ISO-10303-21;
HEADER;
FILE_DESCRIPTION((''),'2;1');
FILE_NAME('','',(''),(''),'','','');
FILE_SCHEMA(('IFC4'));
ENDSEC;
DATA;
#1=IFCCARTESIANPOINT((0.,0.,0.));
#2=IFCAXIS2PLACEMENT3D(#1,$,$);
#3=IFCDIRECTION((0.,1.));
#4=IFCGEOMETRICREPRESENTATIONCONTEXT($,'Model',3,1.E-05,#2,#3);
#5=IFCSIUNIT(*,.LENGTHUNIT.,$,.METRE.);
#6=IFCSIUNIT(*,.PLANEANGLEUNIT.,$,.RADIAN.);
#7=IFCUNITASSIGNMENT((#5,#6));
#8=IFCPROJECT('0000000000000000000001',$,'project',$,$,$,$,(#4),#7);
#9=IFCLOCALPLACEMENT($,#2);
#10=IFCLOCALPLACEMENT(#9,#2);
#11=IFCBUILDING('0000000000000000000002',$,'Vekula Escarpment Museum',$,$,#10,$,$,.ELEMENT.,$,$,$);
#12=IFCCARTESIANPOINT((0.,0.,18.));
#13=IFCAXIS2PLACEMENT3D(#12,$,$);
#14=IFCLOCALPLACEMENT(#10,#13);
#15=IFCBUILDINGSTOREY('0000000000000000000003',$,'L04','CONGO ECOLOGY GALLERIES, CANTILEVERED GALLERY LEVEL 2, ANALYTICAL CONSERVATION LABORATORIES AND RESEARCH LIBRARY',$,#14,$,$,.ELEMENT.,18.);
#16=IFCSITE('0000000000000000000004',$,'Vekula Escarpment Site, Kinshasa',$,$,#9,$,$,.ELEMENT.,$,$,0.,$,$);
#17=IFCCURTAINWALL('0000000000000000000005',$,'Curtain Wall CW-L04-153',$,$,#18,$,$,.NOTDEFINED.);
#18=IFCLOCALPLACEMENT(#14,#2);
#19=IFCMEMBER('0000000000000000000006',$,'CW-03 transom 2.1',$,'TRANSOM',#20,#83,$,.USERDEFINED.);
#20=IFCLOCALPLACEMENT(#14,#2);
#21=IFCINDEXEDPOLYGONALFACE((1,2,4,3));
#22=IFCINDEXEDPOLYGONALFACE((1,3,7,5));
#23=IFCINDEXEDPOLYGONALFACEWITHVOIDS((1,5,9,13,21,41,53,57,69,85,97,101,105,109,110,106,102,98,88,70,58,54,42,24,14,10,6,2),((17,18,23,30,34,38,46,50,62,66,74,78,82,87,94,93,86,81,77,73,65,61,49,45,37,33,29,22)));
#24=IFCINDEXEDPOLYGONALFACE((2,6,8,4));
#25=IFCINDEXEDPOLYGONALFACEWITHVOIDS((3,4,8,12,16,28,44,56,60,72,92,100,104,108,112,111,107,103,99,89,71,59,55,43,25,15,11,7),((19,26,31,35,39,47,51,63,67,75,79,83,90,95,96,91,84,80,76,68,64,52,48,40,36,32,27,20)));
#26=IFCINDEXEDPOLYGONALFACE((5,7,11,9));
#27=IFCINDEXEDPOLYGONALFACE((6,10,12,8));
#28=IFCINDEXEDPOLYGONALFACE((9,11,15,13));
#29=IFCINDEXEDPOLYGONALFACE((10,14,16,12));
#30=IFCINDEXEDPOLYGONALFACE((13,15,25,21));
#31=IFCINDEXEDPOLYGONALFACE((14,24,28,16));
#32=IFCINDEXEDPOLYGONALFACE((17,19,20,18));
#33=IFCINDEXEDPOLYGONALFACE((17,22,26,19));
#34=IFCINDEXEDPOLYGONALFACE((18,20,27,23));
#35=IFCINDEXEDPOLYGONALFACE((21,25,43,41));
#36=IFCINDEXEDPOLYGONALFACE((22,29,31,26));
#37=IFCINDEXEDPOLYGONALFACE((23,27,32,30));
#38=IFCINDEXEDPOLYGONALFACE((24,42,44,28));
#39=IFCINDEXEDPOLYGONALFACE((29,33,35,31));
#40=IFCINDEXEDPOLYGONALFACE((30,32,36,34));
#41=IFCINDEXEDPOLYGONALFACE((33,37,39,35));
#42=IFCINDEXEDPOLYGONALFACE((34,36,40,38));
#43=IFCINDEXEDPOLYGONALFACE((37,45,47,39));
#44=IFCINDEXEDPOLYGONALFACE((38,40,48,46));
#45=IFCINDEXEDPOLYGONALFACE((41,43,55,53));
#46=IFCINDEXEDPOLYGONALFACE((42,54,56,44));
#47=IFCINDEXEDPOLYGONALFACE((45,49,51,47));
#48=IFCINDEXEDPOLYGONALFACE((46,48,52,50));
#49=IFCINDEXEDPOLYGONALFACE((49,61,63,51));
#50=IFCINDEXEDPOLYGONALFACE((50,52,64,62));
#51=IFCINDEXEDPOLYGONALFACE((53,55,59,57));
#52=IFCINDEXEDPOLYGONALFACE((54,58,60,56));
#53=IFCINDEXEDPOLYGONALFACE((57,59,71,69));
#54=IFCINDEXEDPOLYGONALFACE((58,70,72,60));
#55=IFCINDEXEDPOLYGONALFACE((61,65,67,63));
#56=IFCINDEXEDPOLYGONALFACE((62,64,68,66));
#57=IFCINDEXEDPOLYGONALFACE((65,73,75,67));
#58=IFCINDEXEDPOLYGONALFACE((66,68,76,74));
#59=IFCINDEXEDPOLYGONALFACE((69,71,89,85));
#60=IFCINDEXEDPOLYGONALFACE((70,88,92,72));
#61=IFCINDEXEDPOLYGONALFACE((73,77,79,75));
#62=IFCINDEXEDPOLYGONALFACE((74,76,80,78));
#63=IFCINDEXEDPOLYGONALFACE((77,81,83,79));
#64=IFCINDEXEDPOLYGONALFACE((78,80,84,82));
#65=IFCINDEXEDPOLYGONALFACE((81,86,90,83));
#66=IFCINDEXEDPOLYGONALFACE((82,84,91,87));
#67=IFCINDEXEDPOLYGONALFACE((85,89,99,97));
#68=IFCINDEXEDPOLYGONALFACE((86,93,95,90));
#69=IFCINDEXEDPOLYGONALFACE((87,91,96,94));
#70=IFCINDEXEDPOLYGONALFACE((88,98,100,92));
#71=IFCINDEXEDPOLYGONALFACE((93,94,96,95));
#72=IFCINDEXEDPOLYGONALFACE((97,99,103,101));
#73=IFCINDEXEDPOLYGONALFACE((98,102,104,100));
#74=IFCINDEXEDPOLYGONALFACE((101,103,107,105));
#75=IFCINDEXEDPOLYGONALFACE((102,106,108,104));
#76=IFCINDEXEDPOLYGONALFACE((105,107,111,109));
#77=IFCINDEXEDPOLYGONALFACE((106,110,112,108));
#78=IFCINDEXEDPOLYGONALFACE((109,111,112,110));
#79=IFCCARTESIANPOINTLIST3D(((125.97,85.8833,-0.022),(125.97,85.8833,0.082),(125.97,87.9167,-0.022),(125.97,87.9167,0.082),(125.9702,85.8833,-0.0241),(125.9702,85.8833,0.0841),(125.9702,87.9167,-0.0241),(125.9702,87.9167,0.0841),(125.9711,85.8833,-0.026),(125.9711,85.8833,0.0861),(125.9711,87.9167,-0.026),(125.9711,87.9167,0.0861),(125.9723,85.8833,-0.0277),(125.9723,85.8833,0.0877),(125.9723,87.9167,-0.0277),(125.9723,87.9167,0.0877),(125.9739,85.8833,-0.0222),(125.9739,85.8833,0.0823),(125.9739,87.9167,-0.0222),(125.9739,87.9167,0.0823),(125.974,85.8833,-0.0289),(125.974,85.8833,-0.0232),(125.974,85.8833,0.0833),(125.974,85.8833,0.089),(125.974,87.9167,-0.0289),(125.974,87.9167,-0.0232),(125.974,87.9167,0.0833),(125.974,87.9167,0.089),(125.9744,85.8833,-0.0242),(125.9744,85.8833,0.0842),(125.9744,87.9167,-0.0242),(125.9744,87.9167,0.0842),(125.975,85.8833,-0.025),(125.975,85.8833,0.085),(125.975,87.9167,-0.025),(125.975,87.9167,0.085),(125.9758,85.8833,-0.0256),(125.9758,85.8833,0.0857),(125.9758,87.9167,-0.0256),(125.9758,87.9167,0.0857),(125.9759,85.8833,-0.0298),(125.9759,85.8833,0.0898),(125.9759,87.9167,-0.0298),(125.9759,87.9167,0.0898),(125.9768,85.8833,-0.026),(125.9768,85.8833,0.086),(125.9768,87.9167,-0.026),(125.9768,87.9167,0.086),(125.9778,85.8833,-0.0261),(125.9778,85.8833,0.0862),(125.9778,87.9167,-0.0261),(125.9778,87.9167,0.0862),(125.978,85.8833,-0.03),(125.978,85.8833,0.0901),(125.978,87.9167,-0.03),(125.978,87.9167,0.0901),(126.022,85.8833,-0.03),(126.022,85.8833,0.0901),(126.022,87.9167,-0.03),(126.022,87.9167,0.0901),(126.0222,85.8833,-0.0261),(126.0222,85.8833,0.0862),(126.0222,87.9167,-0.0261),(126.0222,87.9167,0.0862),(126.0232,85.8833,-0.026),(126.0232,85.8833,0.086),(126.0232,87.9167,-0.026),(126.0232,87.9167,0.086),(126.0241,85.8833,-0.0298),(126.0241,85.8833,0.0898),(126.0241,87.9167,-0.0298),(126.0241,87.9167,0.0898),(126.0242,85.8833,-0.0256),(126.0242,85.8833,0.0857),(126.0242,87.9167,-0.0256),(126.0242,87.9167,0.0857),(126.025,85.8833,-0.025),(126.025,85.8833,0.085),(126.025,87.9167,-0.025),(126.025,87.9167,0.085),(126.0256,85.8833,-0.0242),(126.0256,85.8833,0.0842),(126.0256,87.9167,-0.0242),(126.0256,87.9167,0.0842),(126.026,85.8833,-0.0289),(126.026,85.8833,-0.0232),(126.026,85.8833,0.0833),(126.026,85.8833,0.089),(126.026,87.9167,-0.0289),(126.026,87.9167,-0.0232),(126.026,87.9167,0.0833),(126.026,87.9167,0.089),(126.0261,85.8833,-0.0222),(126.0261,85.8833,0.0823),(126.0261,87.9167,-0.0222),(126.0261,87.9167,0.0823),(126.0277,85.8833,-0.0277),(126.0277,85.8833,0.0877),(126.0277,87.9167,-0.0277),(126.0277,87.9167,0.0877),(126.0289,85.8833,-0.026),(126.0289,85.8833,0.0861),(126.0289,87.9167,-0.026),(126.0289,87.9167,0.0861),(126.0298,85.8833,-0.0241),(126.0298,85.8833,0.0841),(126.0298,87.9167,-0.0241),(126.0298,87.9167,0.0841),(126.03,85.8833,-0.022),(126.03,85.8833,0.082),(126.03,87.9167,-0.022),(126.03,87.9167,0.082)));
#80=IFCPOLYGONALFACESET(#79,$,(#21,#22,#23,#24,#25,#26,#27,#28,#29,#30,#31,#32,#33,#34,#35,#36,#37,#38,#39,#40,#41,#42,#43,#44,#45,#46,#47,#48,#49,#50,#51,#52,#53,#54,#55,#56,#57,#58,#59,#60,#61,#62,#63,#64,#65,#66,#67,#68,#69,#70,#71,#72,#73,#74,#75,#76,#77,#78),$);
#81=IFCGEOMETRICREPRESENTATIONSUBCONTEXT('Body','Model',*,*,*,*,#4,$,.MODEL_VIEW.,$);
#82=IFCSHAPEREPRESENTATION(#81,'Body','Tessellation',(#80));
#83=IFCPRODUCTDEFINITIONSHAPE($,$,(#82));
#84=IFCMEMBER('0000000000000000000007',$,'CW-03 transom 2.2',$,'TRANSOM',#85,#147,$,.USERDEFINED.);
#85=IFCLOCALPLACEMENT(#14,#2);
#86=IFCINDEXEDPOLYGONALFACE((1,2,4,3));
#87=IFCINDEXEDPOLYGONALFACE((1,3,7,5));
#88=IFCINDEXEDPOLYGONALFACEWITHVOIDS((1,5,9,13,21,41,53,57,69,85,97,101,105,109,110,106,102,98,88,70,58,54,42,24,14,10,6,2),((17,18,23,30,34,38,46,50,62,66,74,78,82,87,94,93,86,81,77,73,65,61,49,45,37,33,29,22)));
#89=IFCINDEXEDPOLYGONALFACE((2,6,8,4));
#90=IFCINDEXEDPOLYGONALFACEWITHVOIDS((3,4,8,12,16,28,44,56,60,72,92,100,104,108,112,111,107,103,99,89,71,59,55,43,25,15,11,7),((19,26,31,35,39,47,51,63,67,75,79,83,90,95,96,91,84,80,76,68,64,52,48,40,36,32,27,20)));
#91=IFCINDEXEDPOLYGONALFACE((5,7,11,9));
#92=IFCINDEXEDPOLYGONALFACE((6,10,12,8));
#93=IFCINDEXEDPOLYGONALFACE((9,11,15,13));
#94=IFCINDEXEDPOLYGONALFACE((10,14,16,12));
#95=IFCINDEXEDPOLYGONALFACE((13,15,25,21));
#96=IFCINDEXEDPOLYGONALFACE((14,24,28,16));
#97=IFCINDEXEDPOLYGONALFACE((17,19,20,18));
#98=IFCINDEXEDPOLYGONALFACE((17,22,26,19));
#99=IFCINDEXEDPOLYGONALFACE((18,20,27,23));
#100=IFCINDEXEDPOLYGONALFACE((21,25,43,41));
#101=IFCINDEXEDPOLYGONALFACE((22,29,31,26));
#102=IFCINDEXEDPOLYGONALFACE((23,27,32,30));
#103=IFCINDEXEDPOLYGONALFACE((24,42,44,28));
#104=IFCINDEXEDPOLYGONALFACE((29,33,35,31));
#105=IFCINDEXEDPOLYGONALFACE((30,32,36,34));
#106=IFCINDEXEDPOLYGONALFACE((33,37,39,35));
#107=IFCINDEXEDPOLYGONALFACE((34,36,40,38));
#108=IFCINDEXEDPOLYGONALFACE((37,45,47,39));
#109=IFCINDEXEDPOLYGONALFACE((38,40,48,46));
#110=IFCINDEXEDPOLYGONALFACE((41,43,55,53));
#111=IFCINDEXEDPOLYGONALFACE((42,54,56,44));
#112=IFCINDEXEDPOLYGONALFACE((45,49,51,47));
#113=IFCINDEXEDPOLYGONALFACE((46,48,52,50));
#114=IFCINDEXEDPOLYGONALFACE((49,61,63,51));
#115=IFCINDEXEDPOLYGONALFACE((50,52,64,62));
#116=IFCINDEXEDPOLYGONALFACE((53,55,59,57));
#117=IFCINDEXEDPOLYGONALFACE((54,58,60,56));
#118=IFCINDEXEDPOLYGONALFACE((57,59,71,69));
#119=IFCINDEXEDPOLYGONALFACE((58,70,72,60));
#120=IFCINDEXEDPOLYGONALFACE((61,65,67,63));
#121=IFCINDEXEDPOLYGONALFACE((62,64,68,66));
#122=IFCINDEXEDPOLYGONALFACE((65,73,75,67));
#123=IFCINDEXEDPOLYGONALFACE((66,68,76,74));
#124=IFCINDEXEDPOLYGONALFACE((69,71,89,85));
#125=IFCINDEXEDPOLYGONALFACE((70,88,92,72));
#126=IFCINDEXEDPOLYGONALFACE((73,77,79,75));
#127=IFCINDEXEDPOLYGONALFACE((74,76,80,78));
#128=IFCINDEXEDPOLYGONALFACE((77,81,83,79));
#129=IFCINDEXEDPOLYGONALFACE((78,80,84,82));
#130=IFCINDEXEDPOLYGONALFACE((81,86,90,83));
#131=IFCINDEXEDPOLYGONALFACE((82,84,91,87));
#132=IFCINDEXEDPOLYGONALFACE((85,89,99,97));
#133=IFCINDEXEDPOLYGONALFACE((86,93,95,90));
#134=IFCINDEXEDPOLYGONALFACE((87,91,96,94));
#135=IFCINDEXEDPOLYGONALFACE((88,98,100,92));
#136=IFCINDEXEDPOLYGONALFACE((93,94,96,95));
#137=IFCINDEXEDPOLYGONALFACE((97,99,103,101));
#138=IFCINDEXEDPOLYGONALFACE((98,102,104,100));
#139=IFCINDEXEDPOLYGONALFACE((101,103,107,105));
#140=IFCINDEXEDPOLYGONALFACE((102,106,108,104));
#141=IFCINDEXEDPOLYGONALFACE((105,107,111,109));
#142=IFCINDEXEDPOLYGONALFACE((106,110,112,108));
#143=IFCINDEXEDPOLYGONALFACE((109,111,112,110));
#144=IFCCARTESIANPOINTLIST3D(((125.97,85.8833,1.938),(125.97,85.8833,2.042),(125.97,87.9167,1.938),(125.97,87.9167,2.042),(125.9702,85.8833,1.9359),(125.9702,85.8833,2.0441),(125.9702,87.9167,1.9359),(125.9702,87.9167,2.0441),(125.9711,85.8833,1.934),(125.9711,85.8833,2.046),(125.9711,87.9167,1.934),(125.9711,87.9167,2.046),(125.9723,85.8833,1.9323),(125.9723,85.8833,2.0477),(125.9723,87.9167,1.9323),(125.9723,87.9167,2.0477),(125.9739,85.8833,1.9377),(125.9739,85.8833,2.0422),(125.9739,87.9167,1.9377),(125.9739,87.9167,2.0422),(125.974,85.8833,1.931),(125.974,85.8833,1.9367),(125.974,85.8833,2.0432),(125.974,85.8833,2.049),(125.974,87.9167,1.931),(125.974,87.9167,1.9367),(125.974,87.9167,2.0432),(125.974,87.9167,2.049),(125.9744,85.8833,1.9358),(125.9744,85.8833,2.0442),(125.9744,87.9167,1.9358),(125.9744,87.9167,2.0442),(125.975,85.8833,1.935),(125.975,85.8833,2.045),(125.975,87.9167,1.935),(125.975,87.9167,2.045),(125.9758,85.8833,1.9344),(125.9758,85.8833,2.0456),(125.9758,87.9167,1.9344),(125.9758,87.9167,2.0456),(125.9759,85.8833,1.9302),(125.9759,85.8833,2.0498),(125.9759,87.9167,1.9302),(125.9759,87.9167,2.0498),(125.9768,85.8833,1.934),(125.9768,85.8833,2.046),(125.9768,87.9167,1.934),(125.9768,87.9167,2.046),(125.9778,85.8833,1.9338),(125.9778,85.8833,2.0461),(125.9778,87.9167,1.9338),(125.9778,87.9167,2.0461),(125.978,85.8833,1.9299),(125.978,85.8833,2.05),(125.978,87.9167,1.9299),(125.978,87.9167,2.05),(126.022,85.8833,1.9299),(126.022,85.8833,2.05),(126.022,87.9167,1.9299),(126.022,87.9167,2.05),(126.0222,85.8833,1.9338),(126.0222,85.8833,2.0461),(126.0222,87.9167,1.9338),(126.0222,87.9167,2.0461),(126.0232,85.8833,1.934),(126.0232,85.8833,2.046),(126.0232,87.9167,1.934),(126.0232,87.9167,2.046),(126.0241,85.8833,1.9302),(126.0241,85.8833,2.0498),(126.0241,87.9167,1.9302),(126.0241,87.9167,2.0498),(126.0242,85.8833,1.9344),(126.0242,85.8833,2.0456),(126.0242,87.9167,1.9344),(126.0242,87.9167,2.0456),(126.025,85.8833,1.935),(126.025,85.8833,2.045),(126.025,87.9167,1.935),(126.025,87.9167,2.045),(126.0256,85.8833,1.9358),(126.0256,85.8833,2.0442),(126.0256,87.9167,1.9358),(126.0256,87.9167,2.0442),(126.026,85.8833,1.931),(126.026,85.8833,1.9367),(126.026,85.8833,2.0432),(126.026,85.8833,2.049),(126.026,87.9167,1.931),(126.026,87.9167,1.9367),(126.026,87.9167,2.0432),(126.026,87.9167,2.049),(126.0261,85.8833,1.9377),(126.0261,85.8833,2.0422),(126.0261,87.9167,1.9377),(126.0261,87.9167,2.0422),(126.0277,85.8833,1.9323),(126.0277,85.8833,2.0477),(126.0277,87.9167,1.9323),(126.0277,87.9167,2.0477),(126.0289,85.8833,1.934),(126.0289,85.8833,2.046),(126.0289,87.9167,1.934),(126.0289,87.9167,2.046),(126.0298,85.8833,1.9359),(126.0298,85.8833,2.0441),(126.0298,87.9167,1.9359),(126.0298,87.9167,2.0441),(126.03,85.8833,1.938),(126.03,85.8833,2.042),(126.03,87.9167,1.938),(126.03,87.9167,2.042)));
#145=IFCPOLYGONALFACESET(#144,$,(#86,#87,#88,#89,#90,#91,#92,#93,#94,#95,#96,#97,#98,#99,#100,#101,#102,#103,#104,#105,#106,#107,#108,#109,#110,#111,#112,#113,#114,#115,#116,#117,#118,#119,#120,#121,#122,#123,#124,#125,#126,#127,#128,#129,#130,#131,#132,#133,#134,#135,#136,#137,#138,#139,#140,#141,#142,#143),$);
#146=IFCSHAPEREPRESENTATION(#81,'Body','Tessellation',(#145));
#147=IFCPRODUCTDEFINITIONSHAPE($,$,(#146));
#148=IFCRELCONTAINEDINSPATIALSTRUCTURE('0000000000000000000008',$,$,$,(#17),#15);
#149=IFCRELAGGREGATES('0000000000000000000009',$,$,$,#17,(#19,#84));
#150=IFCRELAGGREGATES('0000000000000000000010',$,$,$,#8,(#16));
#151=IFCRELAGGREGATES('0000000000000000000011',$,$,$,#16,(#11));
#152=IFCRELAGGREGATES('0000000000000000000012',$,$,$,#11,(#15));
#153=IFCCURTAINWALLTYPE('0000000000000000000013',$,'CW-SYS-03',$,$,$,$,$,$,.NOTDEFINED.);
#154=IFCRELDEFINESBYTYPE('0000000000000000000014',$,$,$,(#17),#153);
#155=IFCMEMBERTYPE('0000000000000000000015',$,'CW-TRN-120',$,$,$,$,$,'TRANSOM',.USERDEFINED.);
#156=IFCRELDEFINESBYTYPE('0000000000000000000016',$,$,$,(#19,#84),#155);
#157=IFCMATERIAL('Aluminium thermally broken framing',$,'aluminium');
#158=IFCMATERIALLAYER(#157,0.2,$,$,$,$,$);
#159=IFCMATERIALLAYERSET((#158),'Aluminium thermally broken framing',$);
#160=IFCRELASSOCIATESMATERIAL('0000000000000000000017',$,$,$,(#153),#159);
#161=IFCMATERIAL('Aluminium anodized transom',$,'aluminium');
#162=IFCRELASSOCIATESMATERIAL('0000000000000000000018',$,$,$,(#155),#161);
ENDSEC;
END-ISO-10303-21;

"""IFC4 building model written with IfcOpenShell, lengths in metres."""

from ifc_helpers import new_model, si_unit, direction, frame, origin, origin_2d, place, context, subcontext, project, spatial, hollow_rectangle, extrude, material, layer, layer_set, material_profile, profile_set, type_object, element, aggregate, save


model = new_model("IFC4")

# Units and contexts
model_context = context("Model", 3, precision=1e-05, world=origin(), true_north=direction((0.0, 1.0)))
body_context = subcontext(model_context, "Body", "Model", "MODEL_VIEW")
ifc_project = project(units=[si_unit("LENGTHUNIT", "METRE"), si_unit("PLANEANGLEUNIT", "RADIAN")], contexts=[model_context])

# Site, building, storey
site_placement = place(None, origin())
site = spatial("IfcSite", under=ifc_project, at=site_placement, Name="Vekula Escarpment Site, Kinshasa", CompositionType="ELEMENT", RefElevation=0.0)
building_placement = place(site_placement, origin())
building = spatial("IfcBuilding", under=site, at=building_placement, Name="Vekula Escarpment Museum", CompositionType="ELEMENT")
storey_placement = place(building_placement, frame((0.0, 0.0, 18.0)))
storey = spatial("IfcBuildingStorey", under=building, at=storey_placement, Name="L04", Description="CONGO ECOLOGY GALLERIES, CANTILEVERED GALLERY LEVEL 2, ANALYTICAL CONSERVATION LABORATORIES AND RESEARCH LIBRARY", CompositionType="ELEMENT", Elevation=18.0)

# Curtain wall
ifc_material_1 = material(Name="Aluminium thermally broken framing", Category="aluminium")
ifc_layer_1 = layer(ifc_material_1, 0.2)
ifc_layer_set_1 = layer_set([ifc_layer_1], Name="Aluminium thermally broken framing")
curtain_wall_type_1 = type_object("IfcCurtainWallType", Name="CW-SYS-03", PredefinedType="NOTDEFINED", material=ifc_layer_set_1)
curtain_wall_1_placement = place(storey_placement, origin())
curtain_wall_1 = element("IfcCurtainWall", 1, at=curtain_wall_1_placement, inside=storey, type_object=curtain_wall_type_1, Name="Curtain Wall CW-L04-153", PredefinedType="NOTDEFINED")

# Members
ifc_material_2 = material(Name="Aluminium anodized transom", Category="aluminium")
ifc_material_profile_1 = material_profile(ifc_material_2, hollow_rectangle(XDim=0.0601, YDim=0.1201, WallThickness=0.0039, InnerFilletRadius=0.0039, OuterFilletRadius=0.0081, at=origin_2d()), Name="ALU 120x60x4")
ifc_profile_set_1 = profile_set([ifc_material_profile_1], Name="Aluminium anodized transom")
member_type_1 = type_object("IfcMemberType", Name="CW-TRN-120", ElementType="TRANSOM", PredefinedType="USERDEFINED", material=ifc_profile_set_1)
member_1_placement = place(storey_placement, frame((126.0, 85.8833, 0.03), z_axis=(0.0, 1.0, 0.0), x_axis=(-1.0, 0.0, 0.0)))
member_1 = element("IfcMember", 2, at=member_1_placement, type_object=member_type_1, Name="CW-03 transom 2.1", ObjectType="TRANSOM", PredefinedType="USERDEFINED", context=body_context, shape_type="SweptSolid", body=[
    extrude(hollow_rectangle(XDim=0.0601, YDim=0.1201, WallThickness=0.0039, InnerFilletRadius=0.0039, OuterFilletRadius=0.0081, at=origin_2d()), origin(), (0.0, 0.0, 1.0), 2.0334),
])
member_2_placement = place(storey_placement, frame((126.0, 85.8833, 1.99), z_axis=(0.0, 1.0, 0.0), x_axis=(-1.0, 0.0, 0.0)))
member_2 = element("IfcMember", 3, at=member_2_placement, type_object=member_type_1, Name="CW-03 transom 2.2", ObjectType="TRANSOM", PredefinedType="USERDEFINED", context=body_context, shape_type="SweptSolid", body=[
    extrude(hollow_rectangle(XDim=0.0601, YDim=0.1201, WallThickness=0.0039, InnerFilletRadius=0.0039, OuterFilletRadius=0.0081, at=origin_2d()), origin(), (0.0, 0.0, 1.0), 2.0334),
])

aggregate(curtain_wall_1, [member_1, member_2])

save(model, "model.ifc")
